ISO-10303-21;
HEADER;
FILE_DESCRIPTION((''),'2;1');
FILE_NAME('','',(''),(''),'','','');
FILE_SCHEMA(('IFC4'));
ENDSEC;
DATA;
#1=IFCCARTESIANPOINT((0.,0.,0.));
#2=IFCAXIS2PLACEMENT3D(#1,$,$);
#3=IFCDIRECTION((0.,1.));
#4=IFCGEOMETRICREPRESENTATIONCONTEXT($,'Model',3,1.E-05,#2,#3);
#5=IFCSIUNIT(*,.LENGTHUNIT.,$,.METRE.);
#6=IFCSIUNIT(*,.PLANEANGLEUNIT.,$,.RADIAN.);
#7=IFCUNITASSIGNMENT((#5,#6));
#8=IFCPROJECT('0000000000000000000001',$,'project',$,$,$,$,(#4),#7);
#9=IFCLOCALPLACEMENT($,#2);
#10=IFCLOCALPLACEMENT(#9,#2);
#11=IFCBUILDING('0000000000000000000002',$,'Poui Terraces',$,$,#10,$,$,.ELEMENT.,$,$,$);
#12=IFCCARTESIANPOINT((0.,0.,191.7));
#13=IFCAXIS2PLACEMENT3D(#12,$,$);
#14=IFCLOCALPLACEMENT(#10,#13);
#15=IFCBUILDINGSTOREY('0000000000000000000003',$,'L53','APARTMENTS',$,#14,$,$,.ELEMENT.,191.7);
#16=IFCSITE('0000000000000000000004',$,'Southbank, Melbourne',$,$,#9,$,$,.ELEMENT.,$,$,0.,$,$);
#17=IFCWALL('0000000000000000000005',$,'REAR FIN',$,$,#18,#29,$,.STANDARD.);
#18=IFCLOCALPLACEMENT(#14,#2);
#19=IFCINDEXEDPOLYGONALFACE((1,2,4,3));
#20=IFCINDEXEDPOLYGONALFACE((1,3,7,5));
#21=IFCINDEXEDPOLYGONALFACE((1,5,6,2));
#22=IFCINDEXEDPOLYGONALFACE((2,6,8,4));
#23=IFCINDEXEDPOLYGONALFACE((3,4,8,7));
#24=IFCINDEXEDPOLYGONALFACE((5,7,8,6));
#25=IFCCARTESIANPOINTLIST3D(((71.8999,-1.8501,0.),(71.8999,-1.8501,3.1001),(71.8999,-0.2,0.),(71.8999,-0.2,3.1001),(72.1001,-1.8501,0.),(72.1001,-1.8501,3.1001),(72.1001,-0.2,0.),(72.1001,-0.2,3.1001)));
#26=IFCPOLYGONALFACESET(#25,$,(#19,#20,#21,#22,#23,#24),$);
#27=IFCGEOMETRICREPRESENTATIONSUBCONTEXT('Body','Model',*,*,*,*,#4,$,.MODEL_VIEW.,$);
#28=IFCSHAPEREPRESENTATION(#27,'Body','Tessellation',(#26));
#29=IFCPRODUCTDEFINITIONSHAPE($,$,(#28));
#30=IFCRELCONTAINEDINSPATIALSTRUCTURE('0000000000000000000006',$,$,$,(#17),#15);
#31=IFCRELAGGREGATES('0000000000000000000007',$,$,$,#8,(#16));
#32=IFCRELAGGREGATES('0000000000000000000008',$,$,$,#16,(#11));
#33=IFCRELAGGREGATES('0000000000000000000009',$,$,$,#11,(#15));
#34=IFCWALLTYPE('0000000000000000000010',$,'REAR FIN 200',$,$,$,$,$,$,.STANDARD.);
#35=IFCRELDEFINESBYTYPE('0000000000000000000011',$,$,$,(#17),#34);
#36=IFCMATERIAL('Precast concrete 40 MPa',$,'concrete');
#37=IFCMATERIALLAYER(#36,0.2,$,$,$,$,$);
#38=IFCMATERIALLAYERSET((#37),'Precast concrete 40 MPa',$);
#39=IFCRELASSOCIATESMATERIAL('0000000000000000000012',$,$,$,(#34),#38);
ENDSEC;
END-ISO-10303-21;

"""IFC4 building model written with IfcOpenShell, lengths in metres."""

from ifc_helpers import new_model, si_unit, direction, frame, origin, place, context, subcontext, project, spatial, polyline, outline, extrude, source, transform, mapped, material, layer, layer_set, type_object, element, save


model = new_model("IFC4")

# Units and contexts
model_context = context("Model", 3, precision=1e-05, world=origin(), true_north=direction((0.0, 1.0)))
body_context = subcontext(model_context, "Body", "Model", "MODEL_VIEW")
ifc_project = project(units=[si_unit("LENGTHUNIT", "METRE"), si_unit("PLANEANGLEUNIT", "RADIAN")], contexts=[model_context])

# Site, building, storey
site_placement = place(None, origin())
site = spatial("IfcSite", under=ifc_project, at=site_placement, Name="Southbank, Melbourne", CompositionType="ELEMENT", RefElevation=0.0)
building_placement = place(site_placement, origin())
building = spatial("IfcBuilding", under=site, at=building_placement, Name="Poui Terraces", CompositionType="ELEMENT")
storey_placement = place(building_placement, frame((0.0, 0.0, 191.7)))
storey = spatial("IfcBuildingStorey", under=building, at=storey_placement, Name="L53", Description="APARTMENTS", CompositionType="ELEMENT", Elevation=191.7)

# Shared definitions
ifc_material_1 = material(Name="Precast concrete 40 MPa", Category="concrete")

# Wall
ifc_layer_1 = layer(ifc_material_1, 0.2)
ifc_layer_set_1 = layer_set([ifc_layer_1], Name="Precast concrete 40 MPa")
wall_type_1 = type_object("IfcWallType", Name="REAR FIN 200", PredefinedType="STANDARD", material=ifc_layer_set_1)
shared_shape_1 = source(origin(), body_context, "Body", "SweptSolid", [
    extrude(outline(polyline([(0.0, 0.0), (0.2002, 0.0), (0.2002, 1.6501), (0.0, 1.6501), (0.0, 0.0)])), origin(), (0.0, 0.0, 1.0), 3.1001),
])
for number, where, name in (
    (1, (71.8999, -1.8501, 0.0), "REAR FIN"),
):
    element("IfcWall", number, at=place(storey_placement, frame(where)), inside=storey, type_object=wall_type_1, Name=name, PredefinedType="STANDARD", context=body_context, shape_type="MappedRepresentation", body=[
        mapped(shared_shape_1, transform((0.0, 0.0, 0.0))),
    ])

save(model, "model.ifc")
